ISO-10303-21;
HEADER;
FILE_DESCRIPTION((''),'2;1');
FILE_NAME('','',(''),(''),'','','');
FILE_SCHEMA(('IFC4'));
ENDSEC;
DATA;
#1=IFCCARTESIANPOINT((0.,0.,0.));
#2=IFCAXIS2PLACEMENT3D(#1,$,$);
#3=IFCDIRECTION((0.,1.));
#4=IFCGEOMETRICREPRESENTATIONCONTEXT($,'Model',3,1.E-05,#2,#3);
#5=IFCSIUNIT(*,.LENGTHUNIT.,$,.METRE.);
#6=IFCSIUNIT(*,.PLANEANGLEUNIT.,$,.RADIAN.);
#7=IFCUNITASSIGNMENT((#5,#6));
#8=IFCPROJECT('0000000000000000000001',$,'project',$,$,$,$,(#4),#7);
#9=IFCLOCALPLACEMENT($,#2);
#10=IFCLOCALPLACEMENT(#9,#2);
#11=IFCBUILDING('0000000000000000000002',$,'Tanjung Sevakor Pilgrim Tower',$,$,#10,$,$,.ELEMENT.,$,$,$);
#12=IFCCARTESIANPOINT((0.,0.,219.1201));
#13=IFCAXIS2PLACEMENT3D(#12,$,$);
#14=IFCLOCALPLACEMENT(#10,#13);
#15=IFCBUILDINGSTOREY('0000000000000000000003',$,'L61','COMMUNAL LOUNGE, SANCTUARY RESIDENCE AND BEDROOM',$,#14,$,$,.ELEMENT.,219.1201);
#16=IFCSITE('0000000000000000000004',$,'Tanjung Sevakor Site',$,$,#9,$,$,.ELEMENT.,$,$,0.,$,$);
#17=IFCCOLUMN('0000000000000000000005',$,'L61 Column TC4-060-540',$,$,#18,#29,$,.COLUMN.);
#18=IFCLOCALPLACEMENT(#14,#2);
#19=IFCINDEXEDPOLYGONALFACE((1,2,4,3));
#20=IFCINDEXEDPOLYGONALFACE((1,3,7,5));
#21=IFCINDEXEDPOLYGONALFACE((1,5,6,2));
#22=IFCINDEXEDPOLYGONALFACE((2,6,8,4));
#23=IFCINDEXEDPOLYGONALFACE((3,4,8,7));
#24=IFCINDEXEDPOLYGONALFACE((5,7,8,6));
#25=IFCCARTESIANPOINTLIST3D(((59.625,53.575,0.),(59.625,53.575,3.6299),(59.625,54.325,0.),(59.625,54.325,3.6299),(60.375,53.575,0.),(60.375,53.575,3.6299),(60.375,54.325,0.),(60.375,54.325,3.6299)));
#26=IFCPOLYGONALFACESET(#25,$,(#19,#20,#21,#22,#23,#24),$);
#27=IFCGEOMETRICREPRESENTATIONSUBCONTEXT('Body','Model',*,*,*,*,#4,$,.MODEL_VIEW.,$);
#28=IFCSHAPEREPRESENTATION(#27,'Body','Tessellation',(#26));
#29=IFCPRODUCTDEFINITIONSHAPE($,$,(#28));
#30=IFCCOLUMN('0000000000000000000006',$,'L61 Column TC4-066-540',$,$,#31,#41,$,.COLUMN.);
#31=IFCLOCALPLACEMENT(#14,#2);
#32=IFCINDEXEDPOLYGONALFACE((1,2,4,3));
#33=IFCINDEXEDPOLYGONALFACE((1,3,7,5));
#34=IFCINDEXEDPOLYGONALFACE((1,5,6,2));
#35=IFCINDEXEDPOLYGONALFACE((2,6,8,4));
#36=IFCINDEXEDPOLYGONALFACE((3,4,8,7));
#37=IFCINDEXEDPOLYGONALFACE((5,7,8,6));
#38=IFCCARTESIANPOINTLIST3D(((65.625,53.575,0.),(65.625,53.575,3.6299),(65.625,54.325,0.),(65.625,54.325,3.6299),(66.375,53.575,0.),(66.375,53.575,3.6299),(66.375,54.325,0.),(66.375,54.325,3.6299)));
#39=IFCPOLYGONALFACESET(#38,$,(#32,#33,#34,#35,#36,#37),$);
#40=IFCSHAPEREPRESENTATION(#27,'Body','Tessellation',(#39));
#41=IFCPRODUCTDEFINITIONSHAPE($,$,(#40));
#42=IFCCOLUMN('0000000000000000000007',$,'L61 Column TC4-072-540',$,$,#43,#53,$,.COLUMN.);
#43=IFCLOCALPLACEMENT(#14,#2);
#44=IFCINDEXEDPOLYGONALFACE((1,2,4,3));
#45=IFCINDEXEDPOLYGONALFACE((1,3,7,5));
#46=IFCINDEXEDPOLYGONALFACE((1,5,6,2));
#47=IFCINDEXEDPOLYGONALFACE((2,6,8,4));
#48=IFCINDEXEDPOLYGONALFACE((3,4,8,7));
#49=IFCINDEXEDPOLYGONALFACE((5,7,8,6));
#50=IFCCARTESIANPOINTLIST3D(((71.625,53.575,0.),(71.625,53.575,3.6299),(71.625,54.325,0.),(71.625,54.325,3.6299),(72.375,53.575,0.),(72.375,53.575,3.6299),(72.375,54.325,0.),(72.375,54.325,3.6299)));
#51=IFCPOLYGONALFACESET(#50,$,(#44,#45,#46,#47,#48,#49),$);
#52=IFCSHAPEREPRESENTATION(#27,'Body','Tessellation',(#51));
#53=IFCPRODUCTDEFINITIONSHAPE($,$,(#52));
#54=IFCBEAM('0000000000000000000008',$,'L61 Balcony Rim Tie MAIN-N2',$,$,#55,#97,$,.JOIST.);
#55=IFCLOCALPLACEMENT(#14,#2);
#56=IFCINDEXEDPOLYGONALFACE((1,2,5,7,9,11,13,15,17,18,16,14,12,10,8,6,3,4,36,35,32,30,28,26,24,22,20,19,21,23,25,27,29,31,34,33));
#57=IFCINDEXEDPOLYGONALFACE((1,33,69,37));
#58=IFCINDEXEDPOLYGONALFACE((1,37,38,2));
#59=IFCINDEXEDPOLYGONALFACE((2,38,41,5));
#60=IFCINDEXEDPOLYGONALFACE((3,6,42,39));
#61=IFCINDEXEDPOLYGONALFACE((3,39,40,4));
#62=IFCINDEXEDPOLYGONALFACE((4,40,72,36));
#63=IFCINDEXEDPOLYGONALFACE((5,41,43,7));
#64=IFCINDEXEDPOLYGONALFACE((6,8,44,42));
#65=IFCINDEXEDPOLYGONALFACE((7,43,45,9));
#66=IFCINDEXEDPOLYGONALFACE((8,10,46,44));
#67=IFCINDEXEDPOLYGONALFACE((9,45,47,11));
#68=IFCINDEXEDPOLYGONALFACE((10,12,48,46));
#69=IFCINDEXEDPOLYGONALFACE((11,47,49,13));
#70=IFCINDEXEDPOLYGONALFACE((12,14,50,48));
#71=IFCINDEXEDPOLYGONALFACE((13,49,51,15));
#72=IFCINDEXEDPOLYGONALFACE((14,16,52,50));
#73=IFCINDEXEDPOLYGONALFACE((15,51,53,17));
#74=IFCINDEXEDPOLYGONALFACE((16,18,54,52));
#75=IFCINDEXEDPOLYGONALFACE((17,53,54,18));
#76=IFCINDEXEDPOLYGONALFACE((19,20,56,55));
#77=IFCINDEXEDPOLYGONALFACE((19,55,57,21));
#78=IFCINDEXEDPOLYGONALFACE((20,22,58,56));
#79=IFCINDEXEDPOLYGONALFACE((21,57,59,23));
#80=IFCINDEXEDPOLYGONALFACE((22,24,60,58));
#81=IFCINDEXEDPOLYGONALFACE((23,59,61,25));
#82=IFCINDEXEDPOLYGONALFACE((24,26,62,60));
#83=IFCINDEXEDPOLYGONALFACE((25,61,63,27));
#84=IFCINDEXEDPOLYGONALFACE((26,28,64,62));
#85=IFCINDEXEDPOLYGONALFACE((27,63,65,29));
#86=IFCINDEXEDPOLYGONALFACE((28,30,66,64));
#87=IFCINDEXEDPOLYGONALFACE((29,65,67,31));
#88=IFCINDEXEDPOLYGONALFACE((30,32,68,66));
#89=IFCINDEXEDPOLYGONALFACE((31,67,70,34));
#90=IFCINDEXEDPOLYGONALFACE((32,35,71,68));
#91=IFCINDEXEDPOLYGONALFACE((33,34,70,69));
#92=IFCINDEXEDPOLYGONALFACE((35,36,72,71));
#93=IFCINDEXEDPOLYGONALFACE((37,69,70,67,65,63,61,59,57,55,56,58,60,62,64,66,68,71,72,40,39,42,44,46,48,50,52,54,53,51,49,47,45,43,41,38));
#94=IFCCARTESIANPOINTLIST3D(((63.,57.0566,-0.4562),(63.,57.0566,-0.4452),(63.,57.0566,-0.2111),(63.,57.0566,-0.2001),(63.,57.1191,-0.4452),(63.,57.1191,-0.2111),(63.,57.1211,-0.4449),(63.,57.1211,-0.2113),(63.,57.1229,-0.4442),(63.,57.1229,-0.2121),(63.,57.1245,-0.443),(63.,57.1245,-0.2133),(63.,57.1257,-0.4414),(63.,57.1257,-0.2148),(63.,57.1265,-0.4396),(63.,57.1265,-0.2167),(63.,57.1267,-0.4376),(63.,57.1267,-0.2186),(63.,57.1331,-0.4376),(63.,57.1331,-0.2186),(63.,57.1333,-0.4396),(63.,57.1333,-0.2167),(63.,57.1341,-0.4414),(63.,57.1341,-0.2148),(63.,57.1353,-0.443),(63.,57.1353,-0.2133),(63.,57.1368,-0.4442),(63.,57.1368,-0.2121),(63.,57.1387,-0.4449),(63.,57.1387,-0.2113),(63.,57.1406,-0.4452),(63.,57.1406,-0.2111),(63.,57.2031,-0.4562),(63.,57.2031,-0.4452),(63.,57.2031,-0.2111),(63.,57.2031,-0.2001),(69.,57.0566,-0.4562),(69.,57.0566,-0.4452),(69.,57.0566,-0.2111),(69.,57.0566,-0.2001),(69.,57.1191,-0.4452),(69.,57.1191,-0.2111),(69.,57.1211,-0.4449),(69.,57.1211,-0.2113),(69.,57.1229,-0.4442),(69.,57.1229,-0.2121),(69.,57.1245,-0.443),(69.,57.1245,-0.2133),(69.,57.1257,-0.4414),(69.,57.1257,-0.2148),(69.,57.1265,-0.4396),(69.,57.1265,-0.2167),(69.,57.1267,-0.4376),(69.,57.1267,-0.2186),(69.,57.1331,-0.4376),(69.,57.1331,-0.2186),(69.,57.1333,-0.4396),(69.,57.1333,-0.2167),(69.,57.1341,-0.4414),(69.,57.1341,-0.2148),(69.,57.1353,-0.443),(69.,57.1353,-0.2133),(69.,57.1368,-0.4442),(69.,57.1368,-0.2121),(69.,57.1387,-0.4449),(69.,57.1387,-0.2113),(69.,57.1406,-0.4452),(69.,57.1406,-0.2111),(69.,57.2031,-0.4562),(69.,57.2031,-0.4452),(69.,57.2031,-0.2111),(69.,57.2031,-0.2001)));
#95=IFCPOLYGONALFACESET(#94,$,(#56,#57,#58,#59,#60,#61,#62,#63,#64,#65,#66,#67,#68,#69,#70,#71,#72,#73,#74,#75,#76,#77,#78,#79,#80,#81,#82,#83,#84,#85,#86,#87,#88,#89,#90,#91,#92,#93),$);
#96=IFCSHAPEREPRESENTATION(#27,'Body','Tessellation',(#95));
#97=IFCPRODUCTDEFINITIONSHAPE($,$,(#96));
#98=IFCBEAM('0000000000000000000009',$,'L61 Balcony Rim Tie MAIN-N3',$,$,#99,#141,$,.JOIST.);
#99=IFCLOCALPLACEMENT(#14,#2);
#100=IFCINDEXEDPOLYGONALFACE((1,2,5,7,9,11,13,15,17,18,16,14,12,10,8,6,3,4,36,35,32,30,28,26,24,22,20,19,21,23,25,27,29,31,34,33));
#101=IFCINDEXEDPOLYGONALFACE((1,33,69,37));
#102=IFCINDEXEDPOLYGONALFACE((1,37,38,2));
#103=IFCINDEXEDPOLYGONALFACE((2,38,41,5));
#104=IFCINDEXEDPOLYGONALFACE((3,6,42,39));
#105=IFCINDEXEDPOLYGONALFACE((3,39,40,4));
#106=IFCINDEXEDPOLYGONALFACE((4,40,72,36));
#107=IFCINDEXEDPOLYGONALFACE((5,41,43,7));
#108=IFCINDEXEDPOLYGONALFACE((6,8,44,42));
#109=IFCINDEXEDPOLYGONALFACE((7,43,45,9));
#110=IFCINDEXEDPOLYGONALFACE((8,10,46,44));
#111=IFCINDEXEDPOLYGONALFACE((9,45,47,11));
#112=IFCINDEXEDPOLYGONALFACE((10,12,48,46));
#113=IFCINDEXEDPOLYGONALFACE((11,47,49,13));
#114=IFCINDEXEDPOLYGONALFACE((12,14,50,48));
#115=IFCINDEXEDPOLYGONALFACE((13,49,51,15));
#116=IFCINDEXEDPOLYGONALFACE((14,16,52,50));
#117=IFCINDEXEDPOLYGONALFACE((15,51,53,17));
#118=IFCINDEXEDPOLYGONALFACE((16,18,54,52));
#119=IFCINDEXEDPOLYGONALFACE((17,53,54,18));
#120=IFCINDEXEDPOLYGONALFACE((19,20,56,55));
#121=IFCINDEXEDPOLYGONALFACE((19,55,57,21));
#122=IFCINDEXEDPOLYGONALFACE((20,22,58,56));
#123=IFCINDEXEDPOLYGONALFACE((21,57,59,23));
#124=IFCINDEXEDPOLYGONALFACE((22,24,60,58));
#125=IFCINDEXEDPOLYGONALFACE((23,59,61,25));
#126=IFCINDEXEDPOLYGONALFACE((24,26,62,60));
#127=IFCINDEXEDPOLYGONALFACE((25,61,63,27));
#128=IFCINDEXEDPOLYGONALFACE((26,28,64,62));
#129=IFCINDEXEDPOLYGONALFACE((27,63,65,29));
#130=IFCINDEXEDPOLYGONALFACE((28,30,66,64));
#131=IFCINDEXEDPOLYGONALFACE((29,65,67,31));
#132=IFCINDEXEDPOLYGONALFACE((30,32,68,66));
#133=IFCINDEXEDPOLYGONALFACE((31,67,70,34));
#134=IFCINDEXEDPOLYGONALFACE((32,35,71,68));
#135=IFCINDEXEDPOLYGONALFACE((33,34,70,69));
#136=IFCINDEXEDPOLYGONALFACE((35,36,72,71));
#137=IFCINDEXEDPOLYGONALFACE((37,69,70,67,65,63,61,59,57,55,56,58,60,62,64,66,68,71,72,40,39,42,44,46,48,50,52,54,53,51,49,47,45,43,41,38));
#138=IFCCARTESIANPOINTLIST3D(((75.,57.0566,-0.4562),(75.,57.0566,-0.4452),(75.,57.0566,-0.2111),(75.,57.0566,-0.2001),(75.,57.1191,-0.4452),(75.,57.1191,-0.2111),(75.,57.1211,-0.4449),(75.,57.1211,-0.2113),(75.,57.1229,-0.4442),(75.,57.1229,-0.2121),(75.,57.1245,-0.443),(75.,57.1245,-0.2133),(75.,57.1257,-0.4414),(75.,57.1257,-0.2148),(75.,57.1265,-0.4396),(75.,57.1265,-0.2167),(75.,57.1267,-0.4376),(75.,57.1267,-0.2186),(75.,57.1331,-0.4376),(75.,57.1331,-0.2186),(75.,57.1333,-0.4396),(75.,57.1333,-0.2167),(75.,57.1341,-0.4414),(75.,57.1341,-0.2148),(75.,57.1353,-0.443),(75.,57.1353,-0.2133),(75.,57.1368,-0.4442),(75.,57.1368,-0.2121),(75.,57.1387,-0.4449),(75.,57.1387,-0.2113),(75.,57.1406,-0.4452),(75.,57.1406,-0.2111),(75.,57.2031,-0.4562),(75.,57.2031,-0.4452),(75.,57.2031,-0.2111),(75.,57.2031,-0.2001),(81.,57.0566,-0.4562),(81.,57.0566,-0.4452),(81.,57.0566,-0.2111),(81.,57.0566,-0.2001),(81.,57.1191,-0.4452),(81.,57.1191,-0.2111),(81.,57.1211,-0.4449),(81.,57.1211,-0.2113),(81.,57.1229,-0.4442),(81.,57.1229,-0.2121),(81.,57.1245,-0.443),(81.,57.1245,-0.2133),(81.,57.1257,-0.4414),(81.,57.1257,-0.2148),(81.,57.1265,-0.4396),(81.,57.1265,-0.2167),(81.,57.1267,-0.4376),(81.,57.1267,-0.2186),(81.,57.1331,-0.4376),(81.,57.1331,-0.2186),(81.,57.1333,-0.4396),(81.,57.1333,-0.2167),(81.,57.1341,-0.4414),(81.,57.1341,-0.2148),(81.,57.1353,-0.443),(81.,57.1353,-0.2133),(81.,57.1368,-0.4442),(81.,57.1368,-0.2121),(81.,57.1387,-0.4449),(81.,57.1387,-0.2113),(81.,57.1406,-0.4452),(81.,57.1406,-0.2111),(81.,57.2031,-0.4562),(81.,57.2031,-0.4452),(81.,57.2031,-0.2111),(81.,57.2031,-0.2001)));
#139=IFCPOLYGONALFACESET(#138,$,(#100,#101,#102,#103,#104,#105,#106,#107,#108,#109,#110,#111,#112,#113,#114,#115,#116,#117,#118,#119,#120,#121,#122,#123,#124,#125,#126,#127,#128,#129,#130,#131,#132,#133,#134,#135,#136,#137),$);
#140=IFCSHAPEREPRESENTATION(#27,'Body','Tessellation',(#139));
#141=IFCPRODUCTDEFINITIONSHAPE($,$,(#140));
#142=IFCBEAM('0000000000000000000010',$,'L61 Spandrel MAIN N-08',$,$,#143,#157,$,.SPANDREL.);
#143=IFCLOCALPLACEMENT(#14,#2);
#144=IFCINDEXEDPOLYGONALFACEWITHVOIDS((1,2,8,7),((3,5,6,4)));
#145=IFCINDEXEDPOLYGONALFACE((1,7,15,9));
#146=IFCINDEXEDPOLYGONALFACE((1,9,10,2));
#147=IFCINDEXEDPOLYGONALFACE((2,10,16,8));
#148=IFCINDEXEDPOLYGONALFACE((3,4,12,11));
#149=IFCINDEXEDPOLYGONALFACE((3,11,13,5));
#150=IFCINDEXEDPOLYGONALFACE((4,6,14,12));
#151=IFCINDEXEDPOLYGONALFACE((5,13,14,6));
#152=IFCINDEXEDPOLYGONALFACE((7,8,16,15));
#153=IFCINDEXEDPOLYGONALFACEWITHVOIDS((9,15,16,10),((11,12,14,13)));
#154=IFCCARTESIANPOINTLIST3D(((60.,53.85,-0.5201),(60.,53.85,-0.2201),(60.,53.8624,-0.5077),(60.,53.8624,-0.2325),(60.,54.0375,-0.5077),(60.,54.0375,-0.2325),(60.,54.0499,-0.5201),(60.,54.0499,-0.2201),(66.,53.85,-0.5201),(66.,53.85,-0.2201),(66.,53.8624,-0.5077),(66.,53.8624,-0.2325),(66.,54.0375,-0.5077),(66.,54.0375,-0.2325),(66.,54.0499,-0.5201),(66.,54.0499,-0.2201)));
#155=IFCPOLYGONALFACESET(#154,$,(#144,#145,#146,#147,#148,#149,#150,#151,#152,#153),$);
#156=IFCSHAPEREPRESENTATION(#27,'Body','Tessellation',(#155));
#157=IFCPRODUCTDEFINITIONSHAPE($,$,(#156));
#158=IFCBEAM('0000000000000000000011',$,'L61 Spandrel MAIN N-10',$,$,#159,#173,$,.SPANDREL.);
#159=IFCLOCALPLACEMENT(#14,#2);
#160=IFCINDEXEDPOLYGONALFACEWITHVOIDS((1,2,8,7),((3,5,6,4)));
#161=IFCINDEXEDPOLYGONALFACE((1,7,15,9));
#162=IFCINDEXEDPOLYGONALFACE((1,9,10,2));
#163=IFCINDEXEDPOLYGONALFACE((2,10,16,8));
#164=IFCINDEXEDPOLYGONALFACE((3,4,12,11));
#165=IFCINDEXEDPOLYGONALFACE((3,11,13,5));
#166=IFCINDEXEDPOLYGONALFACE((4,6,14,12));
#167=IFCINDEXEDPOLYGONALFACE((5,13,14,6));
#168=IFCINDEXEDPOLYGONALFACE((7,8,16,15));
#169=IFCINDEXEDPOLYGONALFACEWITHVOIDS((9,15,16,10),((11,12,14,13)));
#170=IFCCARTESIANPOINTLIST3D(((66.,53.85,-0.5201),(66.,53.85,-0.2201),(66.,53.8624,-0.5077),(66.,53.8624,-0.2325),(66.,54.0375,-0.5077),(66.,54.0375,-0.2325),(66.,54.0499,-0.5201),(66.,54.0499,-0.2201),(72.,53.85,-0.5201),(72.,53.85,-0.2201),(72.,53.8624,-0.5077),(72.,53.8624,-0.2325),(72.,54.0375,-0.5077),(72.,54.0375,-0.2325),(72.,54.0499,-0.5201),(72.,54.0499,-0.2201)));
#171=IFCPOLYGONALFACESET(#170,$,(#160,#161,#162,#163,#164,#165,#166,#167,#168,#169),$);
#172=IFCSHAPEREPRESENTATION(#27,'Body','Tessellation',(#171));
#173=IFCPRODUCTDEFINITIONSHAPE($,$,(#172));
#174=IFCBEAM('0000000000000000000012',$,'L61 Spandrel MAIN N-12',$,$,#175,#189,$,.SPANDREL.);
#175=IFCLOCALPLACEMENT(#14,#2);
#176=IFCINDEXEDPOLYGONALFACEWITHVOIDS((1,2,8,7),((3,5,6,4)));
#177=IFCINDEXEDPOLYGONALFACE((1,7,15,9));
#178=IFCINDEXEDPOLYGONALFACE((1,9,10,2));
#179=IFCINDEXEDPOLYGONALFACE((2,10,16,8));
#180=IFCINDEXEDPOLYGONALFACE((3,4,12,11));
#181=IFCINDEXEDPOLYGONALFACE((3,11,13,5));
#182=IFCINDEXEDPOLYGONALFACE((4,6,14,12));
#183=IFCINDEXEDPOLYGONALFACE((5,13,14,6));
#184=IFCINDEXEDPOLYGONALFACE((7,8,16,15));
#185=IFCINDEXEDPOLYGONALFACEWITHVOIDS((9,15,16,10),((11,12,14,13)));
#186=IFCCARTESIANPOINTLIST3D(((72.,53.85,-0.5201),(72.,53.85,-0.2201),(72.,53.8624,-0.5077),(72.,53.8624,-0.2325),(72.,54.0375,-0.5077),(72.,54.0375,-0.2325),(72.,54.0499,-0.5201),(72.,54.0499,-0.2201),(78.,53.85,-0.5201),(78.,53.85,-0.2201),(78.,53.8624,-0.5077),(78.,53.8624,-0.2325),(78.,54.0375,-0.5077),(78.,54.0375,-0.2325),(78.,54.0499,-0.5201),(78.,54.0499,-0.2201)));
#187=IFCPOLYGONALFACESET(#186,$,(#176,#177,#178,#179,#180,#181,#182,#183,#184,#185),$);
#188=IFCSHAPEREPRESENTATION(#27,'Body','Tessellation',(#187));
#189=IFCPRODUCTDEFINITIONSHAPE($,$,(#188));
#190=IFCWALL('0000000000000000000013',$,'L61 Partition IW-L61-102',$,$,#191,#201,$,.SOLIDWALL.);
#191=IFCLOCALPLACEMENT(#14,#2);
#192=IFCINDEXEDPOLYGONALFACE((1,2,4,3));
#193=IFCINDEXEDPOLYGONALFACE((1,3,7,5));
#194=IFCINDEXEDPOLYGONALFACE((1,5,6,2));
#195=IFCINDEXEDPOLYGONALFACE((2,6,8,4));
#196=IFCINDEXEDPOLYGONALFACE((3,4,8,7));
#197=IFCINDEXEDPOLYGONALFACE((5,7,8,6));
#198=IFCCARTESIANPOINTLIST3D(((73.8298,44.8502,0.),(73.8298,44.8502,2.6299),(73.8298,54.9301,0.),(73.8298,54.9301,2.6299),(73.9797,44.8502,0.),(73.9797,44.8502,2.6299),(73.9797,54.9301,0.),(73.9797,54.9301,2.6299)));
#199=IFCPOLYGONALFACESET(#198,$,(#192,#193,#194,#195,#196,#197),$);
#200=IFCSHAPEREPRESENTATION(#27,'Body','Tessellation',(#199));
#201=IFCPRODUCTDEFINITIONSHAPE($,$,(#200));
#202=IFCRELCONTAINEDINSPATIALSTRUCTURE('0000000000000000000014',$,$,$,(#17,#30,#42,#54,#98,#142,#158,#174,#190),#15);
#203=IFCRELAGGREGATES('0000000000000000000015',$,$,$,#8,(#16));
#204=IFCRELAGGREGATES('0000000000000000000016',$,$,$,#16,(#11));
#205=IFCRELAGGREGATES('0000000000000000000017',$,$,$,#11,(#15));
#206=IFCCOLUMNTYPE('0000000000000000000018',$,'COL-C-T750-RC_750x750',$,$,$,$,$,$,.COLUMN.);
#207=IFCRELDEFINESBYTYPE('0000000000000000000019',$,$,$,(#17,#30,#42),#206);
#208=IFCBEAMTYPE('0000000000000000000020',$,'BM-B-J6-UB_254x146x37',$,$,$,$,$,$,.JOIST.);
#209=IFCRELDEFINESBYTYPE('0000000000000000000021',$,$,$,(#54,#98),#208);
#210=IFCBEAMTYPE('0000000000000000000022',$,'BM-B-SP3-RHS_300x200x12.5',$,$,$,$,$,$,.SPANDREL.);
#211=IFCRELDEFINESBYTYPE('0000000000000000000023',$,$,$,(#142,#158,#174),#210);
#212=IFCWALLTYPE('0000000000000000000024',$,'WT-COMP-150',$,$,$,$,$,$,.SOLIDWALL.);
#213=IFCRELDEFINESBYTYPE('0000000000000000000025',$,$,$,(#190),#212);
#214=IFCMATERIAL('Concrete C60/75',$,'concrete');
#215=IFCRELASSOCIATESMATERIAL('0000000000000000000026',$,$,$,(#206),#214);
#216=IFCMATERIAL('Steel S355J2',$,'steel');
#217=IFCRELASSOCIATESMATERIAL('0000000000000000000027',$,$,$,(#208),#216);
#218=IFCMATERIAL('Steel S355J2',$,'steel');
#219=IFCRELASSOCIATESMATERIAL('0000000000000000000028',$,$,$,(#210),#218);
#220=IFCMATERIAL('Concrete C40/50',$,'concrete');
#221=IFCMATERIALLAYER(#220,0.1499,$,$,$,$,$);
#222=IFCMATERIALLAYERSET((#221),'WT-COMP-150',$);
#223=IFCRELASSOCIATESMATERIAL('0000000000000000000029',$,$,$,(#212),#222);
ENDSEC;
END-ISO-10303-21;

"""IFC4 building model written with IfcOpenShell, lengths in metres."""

from ifc_helpers import new_model, si_unit, direction, frame, frame_2d, origin, origin_2d, place, context, subcontext, project, spatial, rectangle, hollow_rectangle, i_section, extrude, material, layer, layer_set, material_profile, profile_set, type_object, element, save


model = new_model("IFC4")

# Units and contexts
model_context = context("Model", 3, precision=1e-05, world=origin(), true_north=direction((0.0, 1.0)))
body_context = subcontext(model_context, "Body", "Model", "MODEL_VIEW")
ifc_project = project(units=[si_unit("LENGTHUNIT", "METRE"), si_unit("PLANEANGLEUNIT", "RADIAN")], contexts=[model_context])

# Site, building, storey
site_placement = place(None, origin())
site = spatial("IfcSite", under=ifc_project, at=site_placement, Name="Tanjung Sevakor Site", CompositionType="ELEMENT", RefElevation=0.0)
building_placement = place(site_placement, origin())
building = spatial("IfcBuilding", under=site, at=building_placement, Name="Tanjung Sevakor Pilgrim Tower", CompositionType="ELEMENT")
storey_placement = place(building_placement, frame((0.0, 0.0, 219.1201)))
storey = spatial("IfcBuildingStorey", under=building, at=storey_placement, Name="L61", Description="COMMUNAL LOUNGE, SANCTUARY RESIDENCE AND BEDROOM", CompositionType="ELEMENT", Elevation=219.1201)

# Columns
ifc_material_1 = material(Name="Concrete C60/75", Category="concrete")
ifc_material_profile_1 = material_profile(ifc_material_1, rectangle(XDim=0.75, YDim=0.75, at=origin_2d()))
ifc_profile_set_1 = profile_set([ifc_material_profile_1], Name="Concrete C60/75")
column_type = type_object("IfcColumnType", Name="COL-C-T750-RC_750x750", PredefinedType="COLUMN", material=ifc_profile_set_1)
for number, where, z_axis, x_axis, name in (
    (1, (60.0, 53.95, 0.0), (0.0, 0.0, 1.0), (1.0, 0.0, 0.0), "L61 Column TC4-060-540"),
    (2, (66.0, 53.95, 0.0), (0.0, 0.0, 1.0), (1.0, 0.0, 0.0), "L61 Column TC4-066-540"),
    (3, (72.0, 53.95, 0.0), (0.0, 0.0, 1.0), (1.0, 0.0, 0.0), "L61 Column TC4-072-540"),
):
    element("IfcColumn", number, at=place(storey_placement, frame(where, z_axis=z_axis, x_axis=x_axis)), inside=storey, type_object=column_type, Name=name, PredefinedType="COLUMN", context=body_context, shape_type="SweptSolid", body=[
        extrude(rectangle(XDim=0.75, YDim=0.75, at=origin_2d()), origin(), (0.0, 0.0, 1.0), 3.6299),
    ])

# Beams
ifc_material_2 = material(Name="Steel S355J2", Category="steel")
ifc_material_profile_2 = material_profile(ifc_material_2, i_section(OverallWidth=0.1465, OverallDepth=0.2561, WebThickness=0.0063, FlangeThickness=0.011, FilletRadius=0.0076, at=origin_2d()))
ifc_profile_set_2 = profile_set([ifc_material_profile_2], Name="Steel S355J2")
beam_type_1 = type_object("IfcBeamType", Name="BM-B-J6-UB_254x146x37", PredefinedType="JOIST", material=ifc_profile_set_2)
for number, where, z_axis, x_axis, name in (
    (4, (63.0, 57.1299, -0.3281), (1.0, 0.0, 0.0), (0.0, 1.0, 0.0), "L61 Balcony Rim Tie MAIN-N2"),
    (5, (75.0, 57.1299, -0.3281), (1.0, 0.0, 0.0), (0.0, 1.0, 0.0), "L61 Balcony Rim Tie MAIN-N3"),
):
    element("IfcBeam", number, at=place(storey_placement, frame(where, z_axis=z_axis, x_axis=x_axis)), inside=storey, type_object=beam_type_1, Name=name, PredefinedType="JOIST", context=body_context, shape_type="SweptSolid", body=[
        extrude(i_section(OverallWidth=0.1465, OverallDepth=0.2561, WebThickness=0.0063, FlangeThickness=0.011, FilletRadius=0.0076, at=origin_2d()), origin(), (0.0, 0.0, 1.0), 6.0),
    ])
ifc_material_3 = material(Name="Steel S355J2", Category="steel")
ifc_material_profile_3 = material_profile(ifc_material_3, hollow_rectangle(XDim=0.2, YDim=0.3, WallThickness=0.0125, at=origin_2d()))
ifc_profile_set_3 = profile_set([ifc_material_profile_3], Name="Steel S355J2")
beam_type_2 = type_object("IfcBeamType", Name="BM-B-SP3-RHS_300x200x12.5", PredefinedType="SPANDREL", material=ifc_profile_set_3)
for number, where, z_axis, x_axis, name in (
    (6, (60.0, 53.95, -0.3701), (1.0, 0.0, 0.0), (0.0, 1.0, 0.0), "L61 Spandrel MAIN N-08"),
    (7, (66.0, 53.95, -0.3701), (1.0, 0.0, 0.0), (0.0, 1.0, 0.0), "L61 Spandrel MAIN N-10"),
    (8, (72.0, 53.95, -0.3701), (1.0, 0.0, 0.0), (0.0, 1.0, 0.0), "L61 Spandrel MAIN N-12"),
):
    element("IfcBeam", number, at=place(storey_placement, frame(where, z_axis=z_axis, x_axis=x_axis)), inside=storey, type_object=beam_type_2, Name=name, PredefinedType="SPANDREL", context=body_context, shape_type="SweptSolid", body=[
        extrude(hollow_rectangle(XDim=0.2, YDim=0.3, WallThickness=0.0125, at=origin_2d()), origin(), (0.0, 0.0, 1.0), 6.0),
    ])

# Wall
ifc_material_4 = material(Name="Concrete C40/50", Category="concrete")
ifc_layer_1 = layer(ifc_material_4, 0.1499)
ifc_layer_set_1 = layer_set([ifc_layer_1], Name="WT-COMP-150")
wall_type_1 = type_object("IfcWallType", Name="WT-COMP-150", PredefinedType="SOLIDWALL", material=ifc_layer_set_1)
wall_1_placement = place(storey_placement, frame((73.9048, 44.8501, 0.0), z_axis=(0.0, 0.0, 1.0), x_axis=(0.0, 1.0, 0.0)))
element("IfcWall", 9, at=wall_1_placement, inside=storey, type_object=wall_type_1, Name="L61 Partition IW-L61-102", PredefinedType="SOLIDWALL", context=body_context, shape_type="SweptSolid", body=[
    extrude(rectangle(XDim=10.0798, YDim=0.1499, at=frame_2d((5.04, 0.0))), origin(), (0.0, 0.0, 1.0), 2.6299),
])

save(model, "model.ifc")
